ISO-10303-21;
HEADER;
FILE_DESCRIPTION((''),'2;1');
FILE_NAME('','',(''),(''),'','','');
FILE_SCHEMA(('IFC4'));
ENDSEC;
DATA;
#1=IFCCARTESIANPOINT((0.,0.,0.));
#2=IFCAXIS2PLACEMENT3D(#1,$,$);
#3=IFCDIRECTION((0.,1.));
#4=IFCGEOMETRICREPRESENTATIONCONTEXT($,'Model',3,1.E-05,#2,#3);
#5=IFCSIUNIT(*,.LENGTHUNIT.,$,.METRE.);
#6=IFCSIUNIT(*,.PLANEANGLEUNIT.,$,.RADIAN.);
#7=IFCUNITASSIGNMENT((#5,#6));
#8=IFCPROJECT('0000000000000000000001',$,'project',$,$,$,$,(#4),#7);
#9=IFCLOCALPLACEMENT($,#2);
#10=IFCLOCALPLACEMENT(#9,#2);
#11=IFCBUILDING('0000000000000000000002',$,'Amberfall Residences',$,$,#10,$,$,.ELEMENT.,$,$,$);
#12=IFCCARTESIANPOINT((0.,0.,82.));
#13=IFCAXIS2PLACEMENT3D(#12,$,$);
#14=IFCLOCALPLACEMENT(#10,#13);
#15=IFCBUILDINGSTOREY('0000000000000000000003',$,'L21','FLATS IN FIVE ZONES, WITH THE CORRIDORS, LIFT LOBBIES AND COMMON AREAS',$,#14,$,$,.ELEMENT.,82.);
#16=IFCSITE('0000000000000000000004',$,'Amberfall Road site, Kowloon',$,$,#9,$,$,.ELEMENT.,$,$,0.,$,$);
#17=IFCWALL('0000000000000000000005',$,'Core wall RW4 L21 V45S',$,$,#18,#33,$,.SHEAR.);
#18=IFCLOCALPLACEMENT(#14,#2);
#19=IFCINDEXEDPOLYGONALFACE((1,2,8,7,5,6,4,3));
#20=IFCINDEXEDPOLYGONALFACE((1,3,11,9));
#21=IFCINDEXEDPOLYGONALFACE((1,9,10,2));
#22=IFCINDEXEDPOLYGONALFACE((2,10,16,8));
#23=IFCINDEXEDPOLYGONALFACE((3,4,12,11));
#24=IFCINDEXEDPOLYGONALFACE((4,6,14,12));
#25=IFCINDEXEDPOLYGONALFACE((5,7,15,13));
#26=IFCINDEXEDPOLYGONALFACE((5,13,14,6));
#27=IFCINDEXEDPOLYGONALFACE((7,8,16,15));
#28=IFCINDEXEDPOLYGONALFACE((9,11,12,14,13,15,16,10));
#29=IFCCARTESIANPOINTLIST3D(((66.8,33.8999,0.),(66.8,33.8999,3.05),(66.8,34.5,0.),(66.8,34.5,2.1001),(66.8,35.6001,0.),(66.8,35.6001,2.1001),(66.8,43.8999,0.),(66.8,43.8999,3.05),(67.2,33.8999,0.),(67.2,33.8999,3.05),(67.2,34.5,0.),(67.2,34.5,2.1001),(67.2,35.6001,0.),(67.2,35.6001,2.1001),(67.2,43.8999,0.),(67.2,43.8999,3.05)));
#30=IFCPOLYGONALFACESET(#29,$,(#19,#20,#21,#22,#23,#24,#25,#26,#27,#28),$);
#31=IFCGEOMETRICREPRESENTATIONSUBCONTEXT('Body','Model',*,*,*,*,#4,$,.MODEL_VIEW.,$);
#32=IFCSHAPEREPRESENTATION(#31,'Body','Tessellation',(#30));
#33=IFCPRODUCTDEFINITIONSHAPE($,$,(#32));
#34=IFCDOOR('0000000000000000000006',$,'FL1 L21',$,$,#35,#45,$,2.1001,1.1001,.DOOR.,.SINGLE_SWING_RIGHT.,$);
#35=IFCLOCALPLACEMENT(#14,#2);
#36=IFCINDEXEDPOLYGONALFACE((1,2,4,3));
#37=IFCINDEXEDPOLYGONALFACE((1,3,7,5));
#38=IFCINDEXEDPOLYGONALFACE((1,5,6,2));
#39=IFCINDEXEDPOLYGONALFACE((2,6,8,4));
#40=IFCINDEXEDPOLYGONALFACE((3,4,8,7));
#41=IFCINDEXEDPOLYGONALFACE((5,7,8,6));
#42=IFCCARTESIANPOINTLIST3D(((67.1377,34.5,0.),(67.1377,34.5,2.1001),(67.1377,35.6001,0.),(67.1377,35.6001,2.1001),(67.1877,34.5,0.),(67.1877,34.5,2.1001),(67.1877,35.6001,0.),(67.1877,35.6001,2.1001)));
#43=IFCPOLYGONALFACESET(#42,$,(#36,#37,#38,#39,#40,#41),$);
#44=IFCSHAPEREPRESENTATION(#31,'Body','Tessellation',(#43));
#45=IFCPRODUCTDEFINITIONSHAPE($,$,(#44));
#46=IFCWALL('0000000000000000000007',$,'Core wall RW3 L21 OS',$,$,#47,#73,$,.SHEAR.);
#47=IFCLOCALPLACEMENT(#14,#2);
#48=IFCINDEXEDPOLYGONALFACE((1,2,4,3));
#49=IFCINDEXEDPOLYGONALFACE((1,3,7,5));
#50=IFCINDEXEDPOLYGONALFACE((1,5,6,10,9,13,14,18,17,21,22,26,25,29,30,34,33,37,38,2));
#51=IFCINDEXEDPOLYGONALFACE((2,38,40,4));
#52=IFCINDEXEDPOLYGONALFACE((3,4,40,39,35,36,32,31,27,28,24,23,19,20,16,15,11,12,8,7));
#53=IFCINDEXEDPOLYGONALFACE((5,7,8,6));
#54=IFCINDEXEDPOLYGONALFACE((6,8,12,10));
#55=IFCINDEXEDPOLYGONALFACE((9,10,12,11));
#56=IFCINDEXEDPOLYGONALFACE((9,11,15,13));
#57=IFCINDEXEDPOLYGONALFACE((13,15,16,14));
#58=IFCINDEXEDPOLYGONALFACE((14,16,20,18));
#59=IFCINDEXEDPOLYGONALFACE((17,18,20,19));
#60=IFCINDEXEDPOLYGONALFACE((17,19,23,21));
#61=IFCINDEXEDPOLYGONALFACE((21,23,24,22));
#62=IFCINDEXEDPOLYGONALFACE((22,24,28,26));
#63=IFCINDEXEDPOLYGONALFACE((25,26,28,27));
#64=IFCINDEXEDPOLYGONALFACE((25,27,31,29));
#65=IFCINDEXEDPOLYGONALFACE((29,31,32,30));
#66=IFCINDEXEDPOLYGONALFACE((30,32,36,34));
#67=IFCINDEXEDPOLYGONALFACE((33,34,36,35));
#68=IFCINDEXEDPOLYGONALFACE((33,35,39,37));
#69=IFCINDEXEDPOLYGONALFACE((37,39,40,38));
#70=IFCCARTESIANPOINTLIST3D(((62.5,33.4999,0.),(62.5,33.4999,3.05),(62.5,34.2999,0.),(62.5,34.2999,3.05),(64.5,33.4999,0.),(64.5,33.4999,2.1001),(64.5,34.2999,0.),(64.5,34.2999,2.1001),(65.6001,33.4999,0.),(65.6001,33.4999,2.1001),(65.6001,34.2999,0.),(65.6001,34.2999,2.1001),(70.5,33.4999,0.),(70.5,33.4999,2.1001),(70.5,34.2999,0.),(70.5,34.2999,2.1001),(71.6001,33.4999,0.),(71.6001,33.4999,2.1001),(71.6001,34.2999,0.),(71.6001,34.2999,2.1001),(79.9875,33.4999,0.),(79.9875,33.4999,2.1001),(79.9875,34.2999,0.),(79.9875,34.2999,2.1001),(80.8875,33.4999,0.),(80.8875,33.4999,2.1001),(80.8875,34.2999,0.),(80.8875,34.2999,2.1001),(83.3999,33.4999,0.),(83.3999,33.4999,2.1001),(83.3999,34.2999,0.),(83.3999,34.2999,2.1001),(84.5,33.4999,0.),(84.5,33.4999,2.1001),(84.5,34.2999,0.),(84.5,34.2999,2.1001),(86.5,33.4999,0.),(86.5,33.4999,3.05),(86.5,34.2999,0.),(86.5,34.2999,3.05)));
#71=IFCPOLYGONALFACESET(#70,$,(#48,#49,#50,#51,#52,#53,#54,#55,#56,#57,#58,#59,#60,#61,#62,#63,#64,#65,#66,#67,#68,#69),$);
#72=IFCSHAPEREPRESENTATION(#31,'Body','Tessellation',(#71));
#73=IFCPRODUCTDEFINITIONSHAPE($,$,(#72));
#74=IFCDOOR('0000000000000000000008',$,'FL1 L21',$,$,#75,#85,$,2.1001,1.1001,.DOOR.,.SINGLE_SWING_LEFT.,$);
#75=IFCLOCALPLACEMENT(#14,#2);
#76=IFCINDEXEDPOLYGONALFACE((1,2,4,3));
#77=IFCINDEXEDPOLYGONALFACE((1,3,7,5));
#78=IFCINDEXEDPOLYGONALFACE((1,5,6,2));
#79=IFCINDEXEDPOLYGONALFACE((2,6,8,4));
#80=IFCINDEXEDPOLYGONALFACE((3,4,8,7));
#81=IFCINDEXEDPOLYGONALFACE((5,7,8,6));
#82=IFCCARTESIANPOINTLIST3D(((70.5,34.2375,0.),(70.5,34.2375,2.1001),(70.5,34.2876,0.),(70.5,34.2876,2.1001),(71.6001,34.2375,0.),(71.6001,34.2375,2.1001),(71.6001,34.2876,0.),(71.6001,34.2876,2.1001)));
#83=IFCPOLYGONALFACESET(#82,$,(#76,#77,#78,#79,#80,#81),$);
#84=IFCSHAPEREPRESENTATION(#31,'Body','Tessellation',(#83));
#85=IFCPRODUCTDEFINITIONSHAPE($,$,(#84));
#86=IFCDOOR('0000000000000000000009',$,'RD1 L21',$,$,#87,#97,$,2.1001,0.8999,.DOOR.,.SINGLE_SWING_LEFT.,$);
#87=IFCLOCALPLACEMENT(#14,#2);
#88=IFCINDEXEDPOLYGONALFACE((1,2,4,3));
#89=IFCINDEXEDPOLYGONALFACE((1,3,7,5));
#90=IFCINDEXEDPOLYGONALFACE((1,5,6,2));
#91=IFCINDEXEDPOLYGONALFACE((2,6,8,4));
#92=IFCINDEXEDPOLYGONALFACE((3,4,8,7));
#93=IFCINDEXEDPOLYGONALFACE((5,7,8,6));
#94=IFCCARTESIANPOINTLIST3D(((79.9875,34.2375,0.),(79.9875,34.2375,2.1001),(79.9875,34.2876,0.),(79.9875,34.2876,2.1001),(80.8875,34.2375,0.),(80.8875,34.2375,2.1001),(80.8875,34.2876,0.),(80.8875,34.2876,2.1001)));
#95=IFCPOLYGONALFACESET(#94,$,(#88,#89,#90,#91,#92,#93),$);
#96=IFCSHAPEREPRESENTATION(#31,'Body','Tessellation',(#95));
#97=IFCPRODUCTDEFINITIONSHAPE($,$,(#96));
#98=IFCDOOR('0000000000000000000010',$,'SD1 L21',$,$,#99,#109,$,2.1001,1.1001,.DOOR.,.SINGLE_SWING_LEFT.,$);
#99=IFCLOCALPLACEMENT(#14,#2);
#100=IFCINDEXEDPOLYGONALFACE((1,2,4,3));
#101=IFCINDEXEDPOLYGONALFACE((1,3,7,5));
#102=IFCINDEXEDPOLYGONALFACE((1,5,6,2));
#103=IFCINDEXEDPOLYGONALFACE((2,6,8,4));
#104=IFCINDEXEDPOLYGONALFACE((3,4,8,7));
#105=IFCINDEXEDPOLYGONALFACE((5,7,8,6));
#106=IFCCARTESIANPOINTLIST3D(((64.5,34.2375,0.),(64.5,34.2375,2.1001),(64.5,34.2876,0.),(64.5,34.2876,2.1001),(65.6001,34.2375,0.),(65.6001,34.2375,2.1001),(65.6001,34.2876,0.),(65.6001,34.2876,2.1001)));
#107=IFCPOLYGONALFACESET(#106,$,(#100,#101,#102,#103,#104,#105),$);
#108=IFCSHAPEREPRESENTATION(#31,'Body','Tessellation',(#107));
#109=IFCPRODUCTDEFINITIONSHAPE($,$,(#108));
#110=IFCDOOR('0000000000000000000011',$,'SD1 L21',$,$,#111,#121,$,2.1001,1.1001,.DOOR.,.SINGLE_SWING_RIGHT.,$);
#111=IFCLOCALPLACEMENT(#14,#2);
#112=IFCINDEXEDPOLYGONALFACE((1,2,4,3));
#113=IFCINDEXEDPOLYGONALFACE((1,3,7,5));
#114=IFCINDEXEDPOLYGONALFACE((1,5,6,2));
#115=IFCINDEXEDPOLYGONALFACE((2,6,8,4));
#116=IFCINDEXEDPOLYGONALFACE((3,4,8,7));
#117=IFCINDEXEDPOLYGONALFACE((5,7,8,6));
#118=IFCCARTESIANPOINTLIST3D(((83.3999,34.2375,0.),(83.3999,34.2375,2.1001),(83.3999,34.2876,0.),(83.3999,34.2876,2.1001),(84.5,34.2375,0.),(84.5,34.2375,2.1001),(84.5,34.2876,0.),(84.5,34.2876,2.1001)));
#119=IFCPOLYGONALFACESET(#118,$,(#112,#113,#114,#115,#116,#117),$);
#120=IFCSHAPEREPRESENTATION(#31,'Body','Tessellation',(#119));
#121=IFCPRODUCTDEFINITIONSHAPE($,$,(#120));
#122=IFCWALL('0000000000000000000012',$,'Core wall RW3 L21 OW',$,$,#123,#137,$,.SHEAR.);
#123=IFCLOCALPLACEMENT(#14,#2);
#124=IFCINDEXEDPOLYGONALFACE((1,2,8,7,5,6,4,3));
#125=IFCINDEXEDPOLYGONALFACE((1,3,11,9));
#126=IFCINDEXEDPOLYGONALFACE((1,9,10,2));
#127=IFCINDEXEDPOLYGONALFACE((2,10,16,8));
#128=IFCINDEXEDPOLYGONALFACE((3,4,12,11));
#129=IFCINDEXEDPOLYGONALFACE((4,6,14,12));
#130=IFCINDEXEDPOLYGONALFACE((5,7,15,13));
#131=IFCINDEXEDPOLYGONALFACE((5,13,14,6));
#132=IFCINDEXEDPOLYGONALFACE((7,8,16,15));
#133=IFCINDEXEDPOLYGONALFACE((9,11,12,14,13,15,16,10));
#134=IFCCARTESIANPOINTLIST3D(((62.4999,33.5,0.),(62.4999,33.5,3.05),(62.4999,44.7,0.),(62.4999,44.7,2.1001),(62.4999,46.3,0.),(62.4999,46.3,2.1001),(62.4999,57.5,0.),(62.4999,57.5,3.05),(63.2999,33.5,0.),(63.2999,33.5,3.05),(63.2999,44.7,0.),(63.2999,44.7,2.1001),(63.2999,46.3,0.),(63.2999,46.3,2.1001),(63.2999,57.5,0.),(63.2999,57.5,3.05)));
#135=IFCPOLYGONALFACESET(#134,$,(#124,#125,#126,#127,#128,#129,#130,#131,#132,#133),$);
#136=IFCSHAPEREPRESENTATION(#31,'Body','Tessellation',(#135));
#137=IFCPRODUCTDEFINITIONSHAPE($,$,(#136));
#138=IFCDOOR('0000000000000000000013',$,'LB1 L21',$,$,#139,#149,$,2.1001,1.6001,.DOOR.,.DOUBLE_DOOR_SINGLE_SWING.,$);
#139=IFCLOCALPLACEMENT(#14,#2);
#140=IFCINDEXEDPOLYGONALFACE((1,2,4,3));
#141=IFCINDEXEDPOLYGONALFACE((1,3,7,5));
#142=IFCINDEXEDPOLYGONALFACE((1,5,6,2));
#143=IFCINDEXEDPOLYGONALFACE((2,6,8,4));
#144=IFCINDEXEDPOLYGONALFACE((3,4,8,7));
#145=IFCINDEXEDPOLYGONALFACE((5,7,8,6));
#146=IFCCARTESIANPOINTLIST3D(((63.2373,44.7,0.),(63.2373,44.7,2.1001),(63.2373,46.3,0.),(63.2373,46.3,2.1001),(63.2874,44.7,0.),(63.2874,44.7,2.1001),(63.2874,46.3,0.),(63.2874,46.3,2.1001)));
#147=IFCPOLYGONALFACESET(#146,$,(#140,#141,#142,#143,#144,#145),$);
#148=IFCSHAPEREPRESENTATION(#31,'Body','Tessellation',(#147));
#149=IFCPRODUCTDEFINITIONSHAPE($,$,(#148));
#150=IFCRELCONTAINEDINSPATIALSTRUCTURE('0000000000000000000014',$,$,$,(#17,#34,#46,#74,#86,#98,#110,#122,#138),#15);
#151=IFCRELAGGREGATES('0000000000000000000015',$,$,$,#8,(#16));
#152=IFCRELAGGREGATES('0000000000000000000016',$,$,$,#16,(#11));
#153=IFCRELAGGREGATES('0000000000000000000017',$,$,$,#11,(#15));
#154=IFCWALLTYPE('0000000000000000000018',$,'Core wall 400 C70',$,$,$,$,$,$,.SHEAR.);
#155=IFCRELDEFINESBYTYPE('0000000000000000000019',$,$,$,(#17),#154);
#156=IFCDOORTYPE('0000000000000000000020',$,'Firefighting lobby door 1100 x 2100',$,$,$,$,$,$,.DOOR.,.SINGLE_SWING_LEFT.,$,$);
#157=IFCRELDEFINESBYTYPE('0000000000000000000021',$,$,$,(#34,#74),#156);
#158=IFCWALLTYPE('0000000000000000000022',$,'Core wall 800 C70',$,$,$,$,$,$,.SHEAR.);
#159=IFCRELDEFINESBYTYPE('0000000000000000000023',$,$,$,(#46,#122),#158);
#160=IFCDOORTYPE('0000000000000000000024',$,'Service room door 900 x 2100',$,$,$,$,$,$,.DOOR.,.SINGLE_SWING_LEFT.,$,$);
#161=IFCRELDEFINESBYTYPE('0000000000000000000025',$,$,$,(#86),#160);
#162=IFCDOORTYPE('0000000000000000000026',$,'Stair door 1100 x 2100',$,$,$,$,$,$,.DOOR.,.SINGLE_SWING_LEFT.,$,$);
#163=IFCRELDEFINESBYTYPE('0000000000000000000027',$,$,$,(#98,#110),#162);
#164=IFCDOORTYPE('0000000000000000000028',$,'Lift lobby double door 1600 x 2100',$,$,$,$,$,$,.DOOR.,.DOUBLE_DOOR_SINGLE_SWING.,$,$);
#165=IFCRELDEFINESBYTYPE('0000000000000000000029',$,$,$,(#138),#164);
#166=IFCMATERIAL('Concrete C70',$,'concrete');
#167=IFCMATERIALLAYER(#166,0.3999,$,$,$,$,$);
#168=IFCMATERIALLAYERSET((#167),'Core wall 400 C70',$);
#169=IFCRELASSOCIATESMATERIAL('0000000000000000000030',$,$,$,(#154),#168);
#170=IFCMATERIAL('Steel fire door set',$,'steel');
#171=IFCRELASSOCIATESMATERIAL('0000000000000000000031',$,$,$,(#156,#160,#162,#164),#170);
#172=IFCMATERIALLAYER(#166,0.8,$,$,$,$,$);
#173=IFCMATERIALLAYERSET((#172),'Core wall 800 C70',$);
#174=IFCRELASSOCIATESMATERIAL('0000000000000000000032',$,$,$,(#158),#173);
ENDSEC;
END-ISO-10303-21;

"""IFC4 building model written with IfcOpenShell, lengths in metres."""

from ifc_helpers import new_model, si_unit, direction, frame, frame_2d, origin, place, context, subcontext, project, spatial, rectangle, extrude, material, layer, layer_set, type_object, element, fill, save


model = new_model("IFC4")

# Units and contexts
model_context = context("Model", 3, precision=1e-05, world=origin(), true_north=direction((0.0, 1.0)))
body_context = subcontext(model_context, "Body", "Model", "MODEL_VIEW")
ifc_project = project(units=[si_unit("LENGTHUNIT", "METRE"), si_unit("PLANEANGLEUNIT", "RADIAN")], contexts=[model_context])

# Site, building, storey
site_placement = place(None, origin())
site = spatial("IfcSite", under=ifc_project, at=site_placement, Name="Amberfall Road site, Kowloon", CompositionType="ELEMENT", RefElevation=0.0)
building_placement = place(site_placement, origin())
building = spatial("IfcBuilding", under=site, at=building_placement, Name="Amberfall Residences", CompositionType="ELEMENT")
storey_placement = place(building_placement, frame((0.0, 0.0, 82.0)))
storey = spatial("IfcBuildingStorey", under=building, at=storey_placement, Name="L21", Description="FLATS IN FIVE ZONES, WITH THE CORRIDORS, LIFT LOBBIES AND COMMON AREAS", CompositionType="ELEMENT", Elevation=82.0)

# Wall, opening, door
ifc_material_1 = material(Name="Concrete C70", Category="concrete")
ifc_layer_1 = layer(ifc_material_1, 0.3999)
ifc_layer_set_1 = layer_set([ifc_layer_1], Name="Core wall 400 C70")
wall_type_1 = type_object("IfcWallType", Name="Core wall 400 C70", PredefinedType="SHEAR", material=ifc_layer_set_1)
wall_1_placement = place(storey_placement, frame((67.0, 33.8999, 0.0), z_axis=(0.0, 0.0, 1.0), x_axis=(0.0, 1.0, 0.0)))
wall_1 = element("IfcWall", 1, at=wall_1_placement, inside=storey, type_object=wall_type_1, Name="Core wall RW4 L21 V45S", PredefinedType="SHEAR", context=body_context, shape_type="SweptSolid", body=[
    extrude(rectangle(XDim=10.0, YDim=0.3999, at=frame_2d((5.0, 0.0))), origin(), (0.0, 0.0, 1.0), 3.05),
])
opening_1_placement = place(wall_1_placement, frame((0.6001, 0.0, 0.0)))
opening_1 = element("IfcOpeningElement", 2, at=opening_1_placement, cuts=wall_1, PredefinedType="OPENING", context=body_context, shape_type="SweptSolid", body=[
    extrude(rectangle(XDim=1.1001, YDim=2.1001, at=frame_2d((0.55, 1.05))), frame((0.0, 0.21, 0.0), z_axis=(0.0, -1.0, 0.0), x_axis=(1.0, 0.0, 0.0)), (0.0, 0.0, 1.0), 0.4199),
])
ifc_material_2 = material(Name="Steel fire door set", Category="steel")
door_type_1 = type_object("IfcDoorType", Name="Firefighting lobby door 1100 x 2100", OperationType="SINGLE_SWING_LEFT", PredefinedType="DOOR", material=ifc_material_2)
door_1_placement = place(opening_1_placement, origin())
door_1 = element("IfcDoor", 3, at=door_1_placement, inside=storey, type_object=door_type_1, Name="FL1 L21", OperationType="SINGLE_SWING_RIGHT", OverallHeight=2.1001, OverallWidth=1.1001, PredefinedType="DOOR", context=body_context, shape_type="SweptSolid", body=[
    extrude(rectangle(XDim=1.1001, YDim=2.1001, at=frame_2d((0.55, 1.05))), frame((0.0, -0.1377, 0.0), z_axis=(0.0, -1.0, 0.0), x_axis=(1.0, 0.0, 0.0)), (0.0, 0.0, 1.0), 0.05),
])
fill(opening_1, door_1)

# Wall, openings, doors
ifc_layer_2 = layer(ifc_material_1, 0.8)
ifc_layer_set_2 = layer_set([ifc_layer_2], Name="Core wall 800 C70")
wall_type_2 = type_object("IfcWallType", Name="Core wall 800 C70", PredefinedType="SHEAR", material=ifc_layer_set_2)
wall_2_placement = place(storey_placement, frame((62.5, 33.8999, 0.0), z_axis=(0.0, 0.0, 1.0), x_axis=(1.0, 0.0, 0.0)))
wall_2 = element("IfcWall", 4, at=wall_2_placement, inside=storey, type_object=wall_type_2, Name="Core wall RW3 L21 OS", PredefinedType="SHEAR", context=body_context, shape_type="SweptSolid", body=[
    extrude(rectangle(XDim=24.0, YDim=0.8, at=frame_2d((12.0, 0.0))), origin(), (0.0, 0.0, 1.0), 3.05),
])
opening_2_placement = place(wall_2_placement, frame((2.0, 0.0, 0.0)))
opening_2 = element("IfcOpeningElement", 5, at=opening_2_placement, cuts=wall_2, PredefinedType="OPENING", context=body_context, shape_type="SweptSolid", body=[
    extrude(rectangle(XDim=1.1001, YDim=2.1001, at=frame_2d((0.55, 1.05))), frame((0.0, 0.4099, 0.0), z_axis=(0.0, -1.0, 0.0), x_axis=(1.0, 0.0, 0.0)), (0.0, 0.0, 1.0), 0.8201),
])
opening_3_placement = place(wall_2_placement, frame((20.8999, 0.0, 0.0)))
opening_3 = element("IfcOpeningElement", 6, at=opening_3_placement, cuts=wall_2, PredefinedType="OPENING", context=body_context, shape_type="SweptSolid", body=[
    extrude(rectangle(XDim=1.1001, YDim=2.1001, at=frame_2d((0.55, 1.05))), frame((0.0, 0.4099, 0.0), z_axis=(0.0, -1.0, 0.0), x_axis=(1.0, 0.0, 0.0)), (0.0, 0.0, 1.0), 0.8201),
])
opening_4_placement = place(wall_2_placement, frame((8.0, 0.0, 0.0)))
opening_4 = element("IfcOpeningElement", 7, at=opening_4_placement, cuts=wall_2, PredefinedType="OPENING", context=body_context, shape_type="SweptSolid", body=[
    extrude(rectangle(XDim=1.1001, YDim=2.1001, at=frame_2d((0.55, 1.05))), frame((0.0, 0.4099, 0.0), z_axis=(0.0, -1.0, 0.0), x_axis=(1.0, 0.0, 0.0)), (0.0, 0.0, 1.0), 0.8201),
])
opening_5_placement = place(wall_2_placement, frame((17.4875, 0.0, 0.0)))
opening_5 = element("IfcOpeningElement", 8, at=opening_5_placement, cuts=wall_2, PredefinedType="OPENING", context=body_context, shape_type="SweptSolid", body=[
    extrude(rectangle(XDim=0.8999, YDim=2.1001, at=frame_2d((0.45, 1.05))), frame((0.0, 0.4099, 0.0), z_axis=(0.0, -1.0, 0.0), x_axis=(1.0, 0.0, 0.0)), (0.0, 0.0, 1.0), 0.8201),
])
door_2_placement = place(opening_4_placement, origin())
door_2 = element("IfcDoor", 9, at=door_2_placement, inside=storey, type_object=door_type_1, Name="FL1 L21", OperationType="SINGLE_SWING_LEFT", OverallHeight=2.1001, OverallWidth=1.1001, PredefinedType="DOOR", context=body_context, shape_type="SweptSolid", body=[
    extrude(rectangle(XDim=1.1001, YDim=2.1001, at=frame_2d((0.55, 1.05))), frame((0.0, 0.3877, 0.0), z_axis=(0.0, -1.0, 0.0), x_axis=(1.0, 0.0, 0.0)), (0.0, 0.0, 1.0), 0.05),
])
fill(opening_4, door_2)
door_type_2 = type_object("IfcDoorType", Name="Service room door 900 x 2100", OperationType="SINGLE_SWING_LEFT", PredefinedType="DOOR", material=ifc_material_2)
door_3_placement = place(opening_5_placement, origin())
door_3 = element("IfcDoor", 10, at=door_3_placement, inside=storey, type_object=door_type_2, Name="RD1 L21", OperationType="SINGLE_SWING_LEFT", OverallHeight=2.1001, OverallWidth=0.8999, PredefinedType="DOOR", context=body_context, shape_type="SweptSolid", body=[
    extrude(rectangle(XDim=0.8999, YDim=2.1001, at=frame_2d((0.45, 1.05))), frame((0.0, 0.3877, 0.0), z_axis=(0.0, -1.0, 0.0), x_axis=(1.0, 0.0, 0.0)), (0.0, 0.0, 1.0), 0.05),
])
fill(opening_5, door_3)
door_type_3 = type_object("IfcDoorType", Name="Stair door 1100 x 2100", OperationType="SINGLE_SWING_LEFT", PredefinedType="DOOR", material=ifc_material_2)
door_4_placement = place(opening_2_placement, origin())
door_4 = element("IfcDoor", 11, at=door_4_placement, inside=storey, type_object=door_type_3, Name="SD1 L21", OperationType="SINGLE_SWING_LEFT", OverallHeight=2.1001, OverallWidth=1.1001, PredefinedType="DOOR", context=body_context, shape_type="SweptSolid", body=[
    extrude(rectangle(XDim=1.1001, YDim=2.1001, at=frame_2d((0.55, 1.05))), frame((0.0, 0.3877, 0.0), z_axis=(0.0, -1.0, 0.0), x_axis=(1.0, 0.0, 0.0)), (0.0, 0.0, 1.0), 0.05),
])
fill(opening_2, door_4)
door_5_placement = place(opening_3_placement, origin())
door_5 = element("IfcDoor", 12, at=door_5_placement, inside=storey, type_object=door_type_3, Name="SD1 L21", OperationType="SINGLE_SWING_RIGHT", OverallHeight=2.1001, OverallWidth=1.1001, PredefinedType="DOOR", context=body_context, shape_type="SweptSolid", body=[
    extrude(rectangle(XDim=1.1001, YDim=2.1001, at=frame_2d((0.55, 1.05))), frame((0.0, 0.3877, 0.0), z_axis=(0.0, -1.0, 0.0), x_axis=(1.0, 0.0, 0.0)), (0.0, 0.0, 1.0), 0.05),
])
fill(opening_3, door_5)

# Wall, opening, door
wall_3_placement = place(storey_placement, frame((62.8999, 33.5, 0.0), z_axis=(0.0, 0.0, 1.0), x_axis=(0.0, 1.0, 0.0)))
wall_3 = element("IfcWall", 13, at=wall_3_placement, inside=storey, type_object=wall_type_2, Name="Core wall RW3 L21 OW", PredefinedType="SHEAR", context=body_context, shape_type="SweptSolid", body=[
    extrude(rectangle(XDim=24.0, YDim=0.8, at=frame_2d((12.0, 0.0))), origin(), (0.0, 0.0, 1.0), 3.05),
])
opening_6_placement = place(wall_3_placement, frame((11.2, 0.0, 0.0)))
opening_6 = element("IfcOpeningElement", 14, at=opening_6_placement, cuts=wall_3, PredefinedType="OPENING", context=body_context, shape_type="SweptSolid", body=[
    extrude(rectangle(XDim=1.6001, YDim=2.1001, at=frame_2d((0.8, 1.05))), frame((0.0, 0.4099, 0.0), z_axis=(0.0, -1.0, 0.0), x_axis=(1.0, 0.0, 0.0)), (0.0, 0.0, 1.0), 0.8201),
])
door_type_4 = type_object("IfcDoorType", Name="Lift lobby double door 1600 x 2100", OperationType="DOUBLE_DOOR_SINGLE_SWING", PredefinedType="DOOR", material=ifc_material_2)
door_6_placement = place(opening_6_placement, origin())
door_6 = element("IfcDoor", 15, at=door_6_placement, inside=storey, type_object=door_type_4, Name="LB1 L21", OperationType="DOUBLE_DOOR_SINGLE_SWING", OverallHeight=2.1001, OverallWidth=1.6001, PredefinedType="DOOR", context=body_context, shape_type="SweptSolid", body=[
    extrude(rectangle(XDim=1.6001, YDim=2.1001, at=frame_2d((0.8, 1.05))), frame((0.0, -0.3374, 0.0), z_axis=(0.0, -1.0, 0.0), x_axis=(1.0, 0.0, 0.0)), (0.0, 0.0, 1.0), 0.05),
])
fill(opening_6, door_6)

save(model, "model.ifc")
